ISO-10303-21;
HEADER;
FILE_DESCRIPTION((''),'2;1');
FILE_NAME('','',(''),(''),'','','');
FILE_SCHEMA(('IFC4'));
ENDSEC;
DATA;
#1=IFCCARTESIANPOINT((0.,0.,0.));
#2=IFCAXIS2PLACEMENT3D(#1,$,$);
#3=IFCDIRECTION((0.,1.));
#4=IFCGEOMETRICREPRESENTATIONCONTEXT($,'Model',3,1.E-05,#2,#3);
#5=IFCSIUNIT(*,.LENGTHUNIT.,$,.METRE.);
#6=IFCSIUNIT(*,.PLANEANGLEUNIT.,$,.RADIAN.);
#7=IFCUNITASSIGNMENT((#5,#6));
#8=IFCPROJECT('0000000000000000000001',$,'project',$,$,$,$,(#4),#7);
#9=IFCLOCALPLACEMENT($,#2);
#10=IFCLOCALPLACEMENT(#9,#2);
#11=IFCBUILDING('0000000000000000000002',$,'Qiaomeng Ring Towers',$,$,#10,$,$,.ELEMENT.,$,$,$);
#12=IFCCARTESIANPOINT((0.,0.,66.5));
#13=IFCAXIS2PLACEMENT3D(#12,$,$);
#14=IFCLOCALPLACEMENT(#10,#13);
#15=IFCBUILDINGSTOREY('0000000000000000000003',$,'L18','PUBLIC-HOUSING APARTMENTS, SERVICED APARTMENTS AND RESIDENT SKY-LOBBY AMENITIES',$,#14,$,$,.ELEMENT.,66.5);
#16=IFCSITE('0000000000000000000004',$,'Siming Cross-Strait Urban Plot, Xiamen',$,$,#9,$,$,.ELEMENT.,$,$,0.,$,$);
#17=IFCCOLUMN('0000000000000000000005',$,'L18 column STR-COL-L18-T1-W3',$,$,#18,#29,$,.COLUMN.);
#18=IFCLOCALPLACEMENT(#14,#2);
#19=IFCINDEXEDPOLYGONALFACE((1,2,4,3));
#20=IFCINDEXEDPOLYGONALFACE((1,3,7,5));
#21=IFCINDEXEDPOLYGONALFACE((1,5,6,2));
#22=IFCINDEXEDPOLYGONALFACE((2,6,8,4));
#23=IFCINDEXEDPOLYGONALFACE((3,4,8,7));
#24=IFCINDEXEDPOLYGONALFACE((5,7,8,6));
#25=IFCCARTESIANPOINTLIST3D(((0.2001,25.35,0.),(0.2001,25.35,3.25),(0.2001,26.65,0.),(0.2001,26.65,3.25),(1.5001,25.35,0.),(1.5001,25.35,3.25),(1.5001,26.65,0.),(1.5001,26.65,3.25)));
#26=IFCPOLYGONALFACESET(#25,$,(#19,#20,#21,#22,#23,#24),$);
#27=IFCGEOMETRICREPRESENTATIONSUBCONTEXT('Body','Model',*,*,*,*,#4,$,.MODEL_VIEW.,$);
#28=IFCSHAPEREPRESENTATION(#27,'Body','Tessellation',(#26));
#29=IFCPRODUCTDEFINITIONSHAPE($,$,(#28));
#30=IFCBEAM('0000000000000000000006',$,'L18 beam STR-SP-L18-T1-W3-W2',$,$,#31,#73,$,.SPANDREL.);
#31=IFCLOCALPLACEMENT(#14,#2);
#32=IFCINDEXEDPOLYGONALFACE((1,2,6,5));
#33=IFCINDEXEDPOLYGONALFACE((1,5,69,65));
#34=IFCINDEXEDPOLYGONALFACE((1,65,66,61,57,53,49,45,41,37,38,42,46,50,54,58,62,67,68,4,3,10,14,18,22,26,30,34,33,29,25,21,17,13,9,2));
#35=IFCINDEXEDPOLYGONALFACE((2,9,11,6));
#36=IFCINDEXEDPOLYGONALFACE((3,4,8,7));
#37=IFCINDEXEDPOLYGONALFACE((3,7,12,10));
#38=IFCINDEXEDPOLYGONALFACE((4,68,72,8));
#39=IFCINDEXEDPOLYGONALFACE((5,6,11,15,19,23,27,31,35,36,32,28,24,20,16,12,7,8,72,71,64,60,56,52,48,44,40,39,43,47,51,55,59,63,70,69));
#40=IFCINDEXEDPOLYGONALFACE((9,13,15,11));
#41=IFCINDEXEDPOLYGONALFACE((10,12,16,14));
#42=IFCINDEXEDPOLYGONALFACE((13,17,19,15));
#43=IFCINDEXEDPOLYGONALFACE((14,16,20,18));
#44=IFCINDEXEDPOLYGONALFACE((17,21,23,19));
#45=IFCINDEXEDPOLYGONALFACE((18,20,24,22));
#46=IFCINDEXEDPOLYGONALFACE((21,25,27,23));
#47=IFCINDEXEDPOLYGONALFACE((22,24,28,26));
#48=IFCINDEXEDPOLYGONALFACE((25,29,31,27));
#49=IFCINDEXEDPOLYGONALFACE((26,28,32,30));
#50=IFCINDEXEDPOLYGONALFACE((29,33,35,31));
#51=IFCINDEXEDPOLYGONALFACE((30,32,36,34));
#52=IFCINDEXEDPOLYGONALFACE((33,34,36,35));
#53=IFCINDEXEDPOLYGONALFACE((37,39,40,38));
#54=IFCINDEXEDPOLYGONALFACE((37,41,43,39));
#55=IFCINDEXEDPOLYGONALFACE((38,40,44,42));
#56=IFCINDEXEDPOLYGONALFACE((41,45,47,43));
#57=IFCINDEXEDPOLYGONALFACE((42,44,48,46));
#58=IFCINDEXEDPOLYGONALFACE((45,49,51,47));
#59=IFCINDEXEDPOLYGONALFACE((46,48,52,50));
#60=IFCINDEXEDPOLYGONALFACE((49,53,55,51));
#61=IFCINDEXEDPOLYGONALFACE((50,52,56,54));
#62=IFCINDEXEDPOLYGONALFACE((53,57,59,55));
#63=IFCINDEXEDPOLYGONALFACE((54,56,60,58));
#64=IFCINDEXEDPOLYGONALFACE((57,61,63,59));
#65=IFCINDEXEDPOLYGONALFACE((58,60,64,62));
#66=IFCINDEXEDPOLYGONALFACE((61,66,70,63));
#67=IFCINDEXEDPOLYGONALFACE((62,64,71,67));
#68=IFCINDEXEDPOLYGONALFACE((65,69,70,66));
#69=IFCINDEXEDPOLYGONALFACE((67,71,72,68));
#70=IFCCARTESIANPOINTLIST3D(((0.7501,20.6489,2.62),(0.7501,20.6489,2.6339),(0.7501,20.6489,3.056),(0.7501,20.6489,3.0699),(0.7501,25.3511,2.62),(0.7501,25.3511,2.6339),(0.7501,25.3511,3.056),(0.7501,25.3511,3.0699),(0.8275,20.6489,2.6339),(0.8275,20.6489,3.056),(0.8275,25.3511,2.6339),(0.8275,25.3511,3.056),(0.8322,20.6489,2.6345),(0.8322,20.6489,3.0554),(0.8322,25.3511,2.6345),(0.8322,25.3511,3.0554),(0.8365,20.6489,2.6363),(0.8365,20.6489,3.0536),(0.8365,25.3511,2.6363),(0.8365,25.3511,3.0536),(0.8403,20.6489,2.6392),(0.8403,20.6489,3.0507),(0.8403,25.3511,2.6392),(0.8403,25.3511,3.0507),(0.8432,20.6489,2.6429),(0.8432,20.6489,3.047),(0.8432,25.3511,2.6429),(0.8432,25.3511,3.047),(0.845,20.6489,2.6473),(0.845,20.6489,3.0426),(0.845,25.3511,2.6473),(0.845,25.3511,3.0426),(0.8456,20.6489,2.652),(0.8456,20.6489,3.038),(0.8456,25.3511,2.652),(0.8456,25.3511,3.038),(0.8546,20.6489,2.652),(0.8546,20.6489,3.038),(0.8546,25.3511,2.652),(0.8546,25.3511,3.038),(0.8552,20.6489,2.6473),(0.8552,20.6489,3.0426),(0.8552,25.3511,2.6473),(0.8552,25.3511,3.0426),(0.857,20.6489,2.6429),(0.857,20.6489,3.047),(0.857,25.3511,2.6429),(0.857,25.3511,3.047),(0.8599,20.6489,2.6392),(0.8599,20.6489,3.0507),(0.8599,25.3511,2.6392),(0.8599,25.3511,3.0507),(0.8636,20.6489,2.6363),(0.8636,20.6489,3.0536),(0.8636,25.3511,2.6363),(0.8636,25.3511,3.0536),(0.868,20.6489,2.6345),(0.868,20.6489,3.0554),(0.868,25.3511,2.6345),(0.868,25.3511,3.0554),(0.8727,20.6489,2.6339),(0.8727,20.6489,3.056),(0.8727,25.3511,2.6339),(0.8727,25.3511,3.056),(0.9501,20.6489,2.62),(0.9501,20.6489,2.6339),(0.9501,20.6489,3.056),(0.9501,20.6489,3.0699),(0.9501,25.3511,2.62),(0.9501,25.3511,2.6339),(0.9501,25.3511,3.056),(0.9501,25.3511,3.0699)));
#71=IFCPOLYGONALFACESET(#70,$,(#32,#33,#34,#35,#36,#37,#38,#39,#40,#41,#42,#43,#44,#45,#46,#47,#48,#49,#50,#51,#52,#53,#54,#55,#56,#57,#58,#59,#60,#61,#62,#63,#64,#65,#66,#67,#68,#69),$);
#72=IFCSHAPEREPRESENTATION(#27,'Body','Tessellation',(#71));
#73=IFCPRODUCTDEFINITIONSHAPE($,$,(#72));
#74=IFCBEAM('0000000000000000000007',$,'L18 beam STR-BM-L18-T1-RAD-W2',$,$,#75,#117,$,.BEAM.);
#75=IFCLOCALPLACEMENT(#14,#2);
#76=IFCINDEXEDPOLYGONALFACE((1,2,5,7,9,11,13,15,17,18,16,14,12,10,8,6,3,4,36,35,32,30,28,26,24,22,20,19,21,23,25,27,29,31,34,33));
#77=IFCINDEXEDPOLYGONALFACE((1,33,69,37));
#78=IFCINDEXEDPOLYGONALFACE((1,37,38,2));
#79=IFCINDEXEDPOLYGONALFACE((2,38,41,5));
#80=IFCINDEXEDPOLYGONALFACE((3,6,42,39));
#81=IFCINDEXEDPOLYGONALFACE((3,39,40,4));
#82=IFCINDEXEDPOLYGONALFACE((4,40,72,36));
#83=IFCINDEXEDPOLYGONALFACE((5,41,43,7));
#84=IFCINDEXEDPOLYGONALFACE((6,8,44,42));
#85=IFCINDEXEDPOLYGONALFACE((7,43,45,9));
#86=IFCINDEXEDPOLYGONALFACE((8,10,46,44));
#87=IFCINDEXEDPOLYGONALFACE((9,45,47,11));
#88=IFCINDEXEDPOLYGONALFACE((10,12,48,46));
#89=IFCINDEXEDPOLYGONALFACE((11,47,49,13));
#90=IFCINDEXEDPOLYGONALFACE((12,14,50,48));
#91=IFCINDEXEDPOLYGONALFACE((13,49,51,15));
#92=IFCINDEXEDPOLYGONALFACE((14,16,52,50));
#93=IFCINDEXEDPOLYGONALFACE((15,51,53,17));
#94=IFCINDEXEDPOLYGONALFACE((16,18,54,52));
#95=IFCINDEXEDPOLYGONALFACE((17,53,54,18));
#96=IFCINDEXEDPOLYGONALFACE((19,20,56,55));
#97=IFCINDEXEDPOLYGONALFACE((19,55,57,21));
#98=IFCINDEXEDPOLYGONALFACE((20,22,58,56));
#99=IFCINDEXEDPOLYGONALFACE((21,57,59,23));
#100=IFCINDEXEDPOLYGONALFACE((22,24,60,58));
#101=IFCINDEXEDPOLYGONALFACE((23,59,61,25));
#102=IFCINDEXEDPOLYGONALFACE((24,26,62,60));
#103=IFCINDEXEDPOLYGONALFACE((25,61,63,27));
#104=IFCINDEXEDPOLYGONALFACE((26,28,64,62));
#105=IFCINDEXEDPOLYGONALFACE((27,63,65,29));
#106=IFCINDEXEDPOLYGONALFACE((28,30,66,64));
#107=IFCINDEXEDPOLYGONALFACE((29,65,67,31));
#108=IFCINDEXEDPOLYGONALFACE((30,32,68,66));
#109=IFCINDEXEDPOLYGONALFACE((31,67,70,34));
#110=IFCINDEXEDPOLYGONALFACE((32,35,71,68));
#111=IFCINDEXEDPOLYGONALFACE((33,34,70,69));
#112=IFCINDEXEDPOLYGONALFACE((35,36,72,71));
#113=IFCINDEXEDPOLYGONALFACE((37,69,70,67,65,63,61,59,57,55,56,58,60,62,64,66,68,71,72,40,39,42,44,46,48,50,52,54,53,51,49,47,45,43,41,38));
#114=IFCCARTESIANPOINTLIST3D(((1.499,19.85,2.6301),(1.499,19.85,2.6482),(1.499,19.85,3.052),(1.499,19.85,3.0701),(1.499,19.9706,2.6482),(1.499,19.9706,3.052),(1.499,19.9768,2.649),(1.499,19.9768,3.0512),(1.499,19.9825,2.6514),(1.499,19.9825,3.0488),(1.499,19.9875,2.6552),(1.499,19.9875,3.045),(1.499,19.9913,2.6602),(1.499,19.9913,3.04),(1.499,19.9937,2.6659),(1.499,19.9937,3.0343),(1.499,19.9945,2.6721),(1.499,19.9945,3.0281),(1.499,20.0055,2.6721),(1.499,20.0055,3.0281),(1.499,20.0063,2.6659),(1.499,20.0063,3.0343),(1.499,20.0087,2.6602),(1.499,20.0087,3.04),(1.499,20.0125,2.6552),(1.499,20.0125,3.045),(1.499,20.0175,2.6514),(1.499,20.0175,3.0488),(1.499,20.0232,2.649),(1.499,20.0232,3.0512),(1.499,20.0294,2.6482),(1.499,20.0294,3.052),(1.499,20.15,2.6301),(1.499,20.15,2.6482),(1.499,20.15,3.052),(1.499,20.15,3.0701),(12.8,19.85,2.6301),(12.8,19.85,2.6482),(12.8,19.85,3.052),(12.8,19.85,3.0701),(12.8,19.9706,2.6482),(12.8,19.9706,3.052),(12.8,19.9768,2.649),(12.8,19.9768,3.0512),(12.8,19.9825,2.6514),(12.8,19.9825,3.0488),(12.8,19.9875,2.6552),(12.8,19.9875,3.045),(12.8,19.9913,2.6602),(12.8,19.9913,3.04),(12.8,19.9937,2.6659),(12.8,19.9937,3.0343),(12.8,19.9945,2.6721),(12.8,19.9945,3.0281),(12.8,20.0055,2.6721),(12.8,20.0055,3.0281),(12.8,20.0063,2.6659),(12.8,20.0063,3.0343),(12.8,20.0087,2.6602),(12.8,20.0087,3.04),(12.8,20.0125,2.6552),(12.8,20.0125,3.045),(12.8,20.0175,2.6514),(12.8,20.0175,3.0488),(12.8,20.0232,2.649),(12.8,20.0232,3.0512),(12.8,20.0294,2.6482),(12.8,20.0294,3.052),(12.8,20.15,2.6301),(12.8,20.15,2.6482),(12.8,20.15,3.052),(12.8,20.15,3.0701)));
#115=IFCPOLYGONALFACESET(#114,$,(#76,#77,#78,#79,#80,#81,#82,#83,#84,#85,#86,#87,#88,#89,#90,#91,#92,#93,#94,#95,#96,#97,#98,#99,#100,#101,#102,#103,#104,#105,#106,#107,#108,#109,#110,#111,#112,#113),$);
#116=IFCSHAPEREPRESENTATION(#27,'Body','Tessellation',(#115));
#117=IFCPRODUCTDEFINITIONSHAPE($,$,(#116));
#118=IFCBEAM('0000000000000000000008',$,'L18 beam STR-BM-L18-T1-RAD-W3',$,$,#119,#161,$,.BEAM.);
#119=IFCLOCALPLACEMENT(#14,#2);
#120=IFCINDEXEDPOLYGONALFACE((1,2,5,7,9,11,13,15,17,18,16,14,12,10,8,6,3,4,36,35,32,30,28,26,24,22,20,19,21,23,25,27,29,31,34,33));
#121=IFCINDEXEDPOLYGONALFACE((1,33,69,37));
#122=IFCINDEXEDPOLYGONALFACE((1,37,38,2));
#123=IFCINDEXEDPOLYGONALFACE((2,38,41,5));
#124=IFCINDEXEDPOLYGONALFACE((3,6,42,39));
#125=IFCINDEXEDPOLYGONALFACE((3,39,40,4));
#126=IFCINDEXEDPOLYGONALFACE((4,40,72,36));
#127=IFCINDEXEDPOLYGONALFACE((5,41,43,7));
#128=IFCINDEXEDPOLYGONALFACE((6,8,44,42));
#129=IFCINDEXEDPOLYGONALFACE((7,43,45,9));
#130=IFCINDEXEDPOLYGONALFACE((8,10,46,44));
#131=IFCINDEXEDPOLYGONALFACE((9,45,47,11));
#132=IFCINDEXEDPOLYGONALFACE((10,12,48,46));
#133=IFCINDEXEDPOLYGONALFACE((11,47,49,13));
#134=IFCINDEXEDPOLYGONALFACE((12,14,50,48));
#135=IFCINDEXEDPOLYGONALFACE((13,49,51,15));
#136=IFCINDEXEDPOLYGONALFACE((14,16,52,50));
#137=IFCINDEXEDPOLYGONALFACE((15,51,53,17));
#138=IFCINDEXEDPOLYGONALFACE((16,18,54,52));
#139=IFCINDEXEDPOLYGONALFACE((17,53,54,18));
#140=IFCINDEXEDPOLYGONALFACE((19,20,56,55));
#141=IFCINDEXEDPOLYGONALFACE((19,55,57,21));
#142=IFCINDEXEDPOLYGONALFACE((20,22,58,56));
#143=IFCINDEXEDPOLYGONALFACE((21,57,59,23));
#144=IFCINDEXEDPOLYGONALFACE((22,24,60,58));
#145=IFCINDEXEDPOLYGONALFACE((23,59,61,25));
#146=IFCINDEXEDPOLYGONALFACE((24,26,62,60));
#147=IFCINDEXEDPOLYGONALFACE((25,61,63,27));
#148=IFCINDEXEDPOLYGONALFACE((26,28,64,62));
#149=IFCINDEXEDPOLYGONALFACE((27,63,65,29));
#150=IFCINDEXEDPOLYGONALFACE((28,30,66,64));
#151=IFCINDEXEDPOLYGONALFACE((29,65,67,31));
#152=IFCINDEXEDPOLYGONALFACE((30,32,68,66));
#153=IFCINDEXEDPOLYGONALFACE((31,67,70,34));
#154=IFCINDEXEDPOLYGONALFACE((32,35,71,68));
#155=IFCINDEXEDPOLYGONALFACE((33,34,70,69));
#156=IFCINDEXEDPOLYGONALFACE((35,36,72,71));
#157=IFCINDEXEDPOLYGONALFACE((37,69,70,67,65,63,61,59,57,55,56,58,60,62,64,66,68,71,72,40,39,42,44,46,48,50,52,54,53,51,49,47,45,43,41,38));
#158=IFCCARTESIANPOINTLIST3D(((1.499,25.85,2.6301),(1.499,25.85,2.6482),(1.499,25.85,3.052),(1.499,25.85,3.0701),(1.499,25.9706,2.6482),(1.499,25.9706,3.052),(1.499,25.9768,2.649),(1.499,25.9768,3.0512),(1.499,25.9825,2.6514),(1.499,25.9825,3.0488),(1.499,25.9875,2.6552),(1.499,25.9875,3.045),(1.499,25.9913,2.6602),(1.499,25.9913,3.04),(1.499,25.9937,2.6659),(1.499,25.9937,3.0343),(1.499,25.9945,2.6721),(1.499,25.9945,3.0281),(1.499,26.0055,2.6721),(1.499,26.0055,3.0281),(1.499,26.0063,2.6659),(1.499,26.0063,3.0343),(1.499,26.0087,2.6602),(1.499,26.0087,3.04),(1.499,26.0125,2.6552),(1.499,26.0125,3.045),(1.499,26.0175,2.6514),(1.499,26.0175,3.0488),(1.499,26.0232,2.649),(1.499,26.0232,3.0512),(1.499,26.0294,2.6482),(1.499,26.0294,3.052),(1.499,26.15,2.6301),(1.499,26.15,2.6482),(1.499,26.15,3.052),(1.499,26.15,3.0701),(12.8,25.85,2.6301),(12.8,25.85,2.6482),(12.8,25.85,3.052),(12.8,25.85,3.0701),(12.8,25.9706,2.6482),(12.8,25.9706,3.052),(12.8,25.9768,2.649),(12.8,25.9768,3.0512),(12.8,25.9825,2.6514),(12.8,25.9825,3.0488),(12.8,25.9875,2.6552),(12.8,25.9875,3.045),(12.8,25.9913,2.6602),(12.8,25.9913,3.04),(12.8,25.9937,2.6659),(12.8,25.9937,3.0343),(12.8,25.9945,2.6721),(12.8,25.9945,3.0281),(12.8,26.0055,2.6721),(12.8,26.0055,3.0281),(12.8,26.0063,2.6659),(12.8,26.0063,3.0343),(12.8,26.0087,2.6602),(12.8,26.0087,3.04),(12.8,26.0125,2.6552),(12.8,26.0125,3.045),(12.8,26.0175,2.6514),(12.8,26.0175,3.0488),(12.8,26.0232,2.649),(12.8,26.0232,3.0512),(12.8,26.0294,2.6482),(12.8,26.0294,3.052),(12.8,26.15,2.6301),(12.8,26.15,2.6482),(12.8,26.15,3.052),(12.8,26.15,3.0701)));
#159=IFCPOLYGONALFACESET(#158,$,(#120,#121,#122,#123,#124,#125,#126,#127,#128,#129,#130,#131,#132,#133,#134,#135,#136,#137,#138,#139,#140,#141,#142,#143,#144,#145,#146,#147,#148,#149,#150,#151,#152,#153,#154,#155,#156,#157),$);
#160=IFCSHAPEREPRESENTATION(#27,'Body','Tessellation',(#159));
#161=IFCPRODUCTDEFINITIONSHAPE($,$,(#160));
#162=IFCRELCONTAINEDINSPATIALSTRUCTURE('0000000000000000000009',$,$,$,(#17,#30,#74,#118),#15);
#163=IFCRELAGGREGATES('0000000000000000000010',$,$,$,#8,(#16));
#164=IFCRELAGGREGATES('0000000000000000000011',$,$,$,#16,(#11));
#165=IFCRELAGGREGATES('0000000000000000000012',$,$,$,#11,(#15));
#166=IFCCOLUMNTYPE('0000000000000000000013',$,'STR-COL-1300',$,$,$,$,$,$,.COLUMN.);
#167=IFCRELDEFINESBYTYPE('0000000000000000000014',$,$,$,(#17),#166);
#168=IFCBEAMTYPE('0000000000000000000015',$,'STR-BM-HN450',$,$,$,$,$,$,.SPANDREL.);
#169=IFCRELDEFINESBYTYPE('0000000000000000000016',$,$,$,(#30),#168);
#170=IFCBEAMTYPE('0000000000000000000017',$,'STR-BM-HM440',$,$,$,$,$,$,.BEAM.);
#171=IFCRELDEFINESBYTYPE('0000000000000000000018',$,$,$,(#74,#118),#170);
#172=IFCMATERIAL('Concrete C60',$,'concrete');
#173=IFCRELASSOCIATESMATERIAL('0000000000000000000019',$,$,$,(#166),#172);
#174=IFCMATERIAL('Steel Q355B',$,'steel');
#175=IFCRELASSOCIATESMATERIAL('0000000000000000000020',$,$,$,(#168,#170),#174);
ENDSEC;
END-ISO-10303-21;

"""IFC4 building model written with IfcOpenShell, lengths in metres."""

from ifc_helpers import new_model, si_unit, direction, frame, origin, origin_2d, place, context, subcontext, project, spatial, rectangle, i_section, extrude, source, transform, mapped, material, material_profile, profile_set, type_object, element, save


model = new_model("IFC4")

# Units and contexts
model_context = context("Model", 3, precision=1e-05, world=origin(), true_north=direction((0.0, 1.0)))
body_context = subcontext(model_context, "Body", "Model", "MODEL_VIEW")
ifc_project = project(units=[si_unit("LENGTHUNIT", "METRE"), si_unit("PLANEANGLEUNIT", "RADIAN")], contexts=[model_context])

# Site, building, storey
site_placement = place(None, origin())
site = spatial("IfcSite", under=ifc_project, at=site_placement, Name="Siming Cross-Strait Urban Plot, Xiamen", CompositionType="ELEMENT", RefElevation=0.0)
building_placement = place(site_placement, origin())
building = spatial("IfcBuilding", under=site, at=building_placement, Name="Qiaomeng Ring Towers", CompositionType="ELEMENT")
storey_placement = place(building_placement, frame((0.0, 0.0, 66.5)))
storey = spatial("IfcBuildingStorey", under=building, at=storey_placement, Name="L18", Description="PUBLIC-HOUSING APARTMENTS, SERVICED APARTMENTS AND RESIDENT SKY-LOBBY AMENITIES", CompositionType="ELEMENT", Elevation=66.5)

# Column
ifc_material_1 = material(Name="Concrete C60", Category="concrete")
ifc_material_profile_1 = material_profile(ifc_material_1, rectangle(XDim=1.3, YDim=1.3, at=origin_2d()), Name="RC COL 1300x1300")
ifc_profile_set_1 = profile_set([ifc_material_profile_1], Name="Concrete C60")
column_type = type_object("IfcColumnType", Name="STR-COL-1300", PredefinedType="COLUMN", material=ifc_profile_set_1)
shared_shape_1 = source(origin(), body_context, "Body", "SweptSolid", [
    extrude(rectangle(XDim=1.3, YDim=1.3, at=origin_2d()), origin(), (0.0, 0.0, 1.0), 3.25),
])
column_placement = place(storey_placement, frame((0.8501, 26.0, 0.0), z_axis=(0.0, 0.0, 1.0), x_axis=(1.0, 0.0, 0.0)))
element("IfcColumn", 1, at=column_placement, inside=storey, type_object=column_type, Name="L18 column STR-COL-L18-T1-W3", PredefinedType="COLUMN", context=body_context, shape_type="MappedRepresentation", body=[
    mapped(shared_shape_1, transform((0.0, 0.0, 0.0), x_axis=(1.0, 0.0, 0.0), y_axis=(0.0, 1.0, 0.0), z_axis=(0.0, 0.0, 1.0), scale=1.0)),
])

# Beams
ifc_material_2 = material(Name="Steel Q355B", Category="steel")
ifc_material_profile_2 = material_profile(ifc_material_2, i_section(OverallWidth=0.2, OverallDepth=0.45, WebThickness=0.009, FlangeThickness=0.0139, FilletRadius=0.0181, at=origin_2d()), Name="HN 450x200x9x14")
ifc_profile_set_2 = profile_set([ifc_material_profile_2], Name="Steel Q355B")
beam_type_1 = type_object("IfcBeamType", Name="STR-BM-HN450", PredefinedType="SPANDREL", material=ifc_profile_set_2)
shared_shape_2 = source(origin(), body_context, "Body", "SweptSolid", [
    extrude(i_section(OverallWidth=0.2, OverallDepth=0.45, WebThickness=0.009, FlangeThickness=0.0139, FilletRadius=0.0181, at=origin_2d()), origin(), (0.0, 0.0, 1.0), 4.7021),
])
beam_1_placement = place(storey_placement, frame((0.8501, 25.3511, 2.845), z_axis=(0.0, -1.0, 0.0), x_axis=(1.0, 0.0, 0.0)))
element("IfcBeam", 2, at=beam_1_placement, inside=storey, type_object=beam_type_1, Name="L18 beam STR-SP-L18-T1-W3-W2", PredefinedType="SPANDREL", context=body_context, shape_type="MappedRepresentation", body=[
    mapped(shared_shape_2, transform((0.0, 0.0, 0.0), x_axis=(1.0, 0.0, 0.0), y_axis=(0.0, 1.0, 0.0), z_axis=(0.0, 0.0, 1.0), scale=1.0)),
])
ifc_material_profile_3 = material_profile(ifc_material_2, i_section(OverallWidth=0.3, OverallDepth=0.4399, WebThickness=0.011, FlangeThickness=0.0181, FilletRadius=0.0239, at=origin_2d()), Name="HM 440x300x11x18")
ifc_profile_set_3 = profile_set([ifc_material_profile_3], Name="Steel Q355B")
beam_type_2 = type_object("IfcBeamType", Name="STR-BM-HM440", PredefinedType="BEAM", material=ifc_profile_set_3)
shared_shape_3 = source(origin(), body_context, "Body", "SweptSolid", [
    extrude(i_section(OverallWidth=0.3, OverallDepth=0.4399, WebThickness=0.011, FlangeThickness=0.0181, FilletRadius=0.0239, at=origin_2d()), origin(), (0.0, 0.0, 1.0), 11.301),
])
for number, where, z_axis, x_axis, name in (
    (3, (1.499, 20.0, 2.8501), (1.0, 0.0, 0.0), (0.0, 1.0, 0.0), "L18 beam STR-BM-L18-T1-RAD-W2"),
    (4, (1.499, 26.0, 2.8501), (1.0, 0.0, 0.0), (0.0, 1.0, 0.0), "L18 beam STR-BM-L18-T1-RAD-W3"),
):
    element("IfcBeam", number, at=place(storey_placement, frame(where, z_axis=z_axis, x_axis=x_axis)), inside=storey, type_object=beam_type_2, Name=name, PredefinedType="BEAM", context=body_context, shape_type="MappedRepresentation", body=[
        mapped(shared_shape_3, transform((0.0, 0.0, 0.0), x_axis=(1.0, 0.0, 0.0), y_axis=(0.0, 1.0, 0.0), z_axis=(0.0, 0.0, 1.0), scale=1.0)),
    ])

save(model, "model.ifc")
